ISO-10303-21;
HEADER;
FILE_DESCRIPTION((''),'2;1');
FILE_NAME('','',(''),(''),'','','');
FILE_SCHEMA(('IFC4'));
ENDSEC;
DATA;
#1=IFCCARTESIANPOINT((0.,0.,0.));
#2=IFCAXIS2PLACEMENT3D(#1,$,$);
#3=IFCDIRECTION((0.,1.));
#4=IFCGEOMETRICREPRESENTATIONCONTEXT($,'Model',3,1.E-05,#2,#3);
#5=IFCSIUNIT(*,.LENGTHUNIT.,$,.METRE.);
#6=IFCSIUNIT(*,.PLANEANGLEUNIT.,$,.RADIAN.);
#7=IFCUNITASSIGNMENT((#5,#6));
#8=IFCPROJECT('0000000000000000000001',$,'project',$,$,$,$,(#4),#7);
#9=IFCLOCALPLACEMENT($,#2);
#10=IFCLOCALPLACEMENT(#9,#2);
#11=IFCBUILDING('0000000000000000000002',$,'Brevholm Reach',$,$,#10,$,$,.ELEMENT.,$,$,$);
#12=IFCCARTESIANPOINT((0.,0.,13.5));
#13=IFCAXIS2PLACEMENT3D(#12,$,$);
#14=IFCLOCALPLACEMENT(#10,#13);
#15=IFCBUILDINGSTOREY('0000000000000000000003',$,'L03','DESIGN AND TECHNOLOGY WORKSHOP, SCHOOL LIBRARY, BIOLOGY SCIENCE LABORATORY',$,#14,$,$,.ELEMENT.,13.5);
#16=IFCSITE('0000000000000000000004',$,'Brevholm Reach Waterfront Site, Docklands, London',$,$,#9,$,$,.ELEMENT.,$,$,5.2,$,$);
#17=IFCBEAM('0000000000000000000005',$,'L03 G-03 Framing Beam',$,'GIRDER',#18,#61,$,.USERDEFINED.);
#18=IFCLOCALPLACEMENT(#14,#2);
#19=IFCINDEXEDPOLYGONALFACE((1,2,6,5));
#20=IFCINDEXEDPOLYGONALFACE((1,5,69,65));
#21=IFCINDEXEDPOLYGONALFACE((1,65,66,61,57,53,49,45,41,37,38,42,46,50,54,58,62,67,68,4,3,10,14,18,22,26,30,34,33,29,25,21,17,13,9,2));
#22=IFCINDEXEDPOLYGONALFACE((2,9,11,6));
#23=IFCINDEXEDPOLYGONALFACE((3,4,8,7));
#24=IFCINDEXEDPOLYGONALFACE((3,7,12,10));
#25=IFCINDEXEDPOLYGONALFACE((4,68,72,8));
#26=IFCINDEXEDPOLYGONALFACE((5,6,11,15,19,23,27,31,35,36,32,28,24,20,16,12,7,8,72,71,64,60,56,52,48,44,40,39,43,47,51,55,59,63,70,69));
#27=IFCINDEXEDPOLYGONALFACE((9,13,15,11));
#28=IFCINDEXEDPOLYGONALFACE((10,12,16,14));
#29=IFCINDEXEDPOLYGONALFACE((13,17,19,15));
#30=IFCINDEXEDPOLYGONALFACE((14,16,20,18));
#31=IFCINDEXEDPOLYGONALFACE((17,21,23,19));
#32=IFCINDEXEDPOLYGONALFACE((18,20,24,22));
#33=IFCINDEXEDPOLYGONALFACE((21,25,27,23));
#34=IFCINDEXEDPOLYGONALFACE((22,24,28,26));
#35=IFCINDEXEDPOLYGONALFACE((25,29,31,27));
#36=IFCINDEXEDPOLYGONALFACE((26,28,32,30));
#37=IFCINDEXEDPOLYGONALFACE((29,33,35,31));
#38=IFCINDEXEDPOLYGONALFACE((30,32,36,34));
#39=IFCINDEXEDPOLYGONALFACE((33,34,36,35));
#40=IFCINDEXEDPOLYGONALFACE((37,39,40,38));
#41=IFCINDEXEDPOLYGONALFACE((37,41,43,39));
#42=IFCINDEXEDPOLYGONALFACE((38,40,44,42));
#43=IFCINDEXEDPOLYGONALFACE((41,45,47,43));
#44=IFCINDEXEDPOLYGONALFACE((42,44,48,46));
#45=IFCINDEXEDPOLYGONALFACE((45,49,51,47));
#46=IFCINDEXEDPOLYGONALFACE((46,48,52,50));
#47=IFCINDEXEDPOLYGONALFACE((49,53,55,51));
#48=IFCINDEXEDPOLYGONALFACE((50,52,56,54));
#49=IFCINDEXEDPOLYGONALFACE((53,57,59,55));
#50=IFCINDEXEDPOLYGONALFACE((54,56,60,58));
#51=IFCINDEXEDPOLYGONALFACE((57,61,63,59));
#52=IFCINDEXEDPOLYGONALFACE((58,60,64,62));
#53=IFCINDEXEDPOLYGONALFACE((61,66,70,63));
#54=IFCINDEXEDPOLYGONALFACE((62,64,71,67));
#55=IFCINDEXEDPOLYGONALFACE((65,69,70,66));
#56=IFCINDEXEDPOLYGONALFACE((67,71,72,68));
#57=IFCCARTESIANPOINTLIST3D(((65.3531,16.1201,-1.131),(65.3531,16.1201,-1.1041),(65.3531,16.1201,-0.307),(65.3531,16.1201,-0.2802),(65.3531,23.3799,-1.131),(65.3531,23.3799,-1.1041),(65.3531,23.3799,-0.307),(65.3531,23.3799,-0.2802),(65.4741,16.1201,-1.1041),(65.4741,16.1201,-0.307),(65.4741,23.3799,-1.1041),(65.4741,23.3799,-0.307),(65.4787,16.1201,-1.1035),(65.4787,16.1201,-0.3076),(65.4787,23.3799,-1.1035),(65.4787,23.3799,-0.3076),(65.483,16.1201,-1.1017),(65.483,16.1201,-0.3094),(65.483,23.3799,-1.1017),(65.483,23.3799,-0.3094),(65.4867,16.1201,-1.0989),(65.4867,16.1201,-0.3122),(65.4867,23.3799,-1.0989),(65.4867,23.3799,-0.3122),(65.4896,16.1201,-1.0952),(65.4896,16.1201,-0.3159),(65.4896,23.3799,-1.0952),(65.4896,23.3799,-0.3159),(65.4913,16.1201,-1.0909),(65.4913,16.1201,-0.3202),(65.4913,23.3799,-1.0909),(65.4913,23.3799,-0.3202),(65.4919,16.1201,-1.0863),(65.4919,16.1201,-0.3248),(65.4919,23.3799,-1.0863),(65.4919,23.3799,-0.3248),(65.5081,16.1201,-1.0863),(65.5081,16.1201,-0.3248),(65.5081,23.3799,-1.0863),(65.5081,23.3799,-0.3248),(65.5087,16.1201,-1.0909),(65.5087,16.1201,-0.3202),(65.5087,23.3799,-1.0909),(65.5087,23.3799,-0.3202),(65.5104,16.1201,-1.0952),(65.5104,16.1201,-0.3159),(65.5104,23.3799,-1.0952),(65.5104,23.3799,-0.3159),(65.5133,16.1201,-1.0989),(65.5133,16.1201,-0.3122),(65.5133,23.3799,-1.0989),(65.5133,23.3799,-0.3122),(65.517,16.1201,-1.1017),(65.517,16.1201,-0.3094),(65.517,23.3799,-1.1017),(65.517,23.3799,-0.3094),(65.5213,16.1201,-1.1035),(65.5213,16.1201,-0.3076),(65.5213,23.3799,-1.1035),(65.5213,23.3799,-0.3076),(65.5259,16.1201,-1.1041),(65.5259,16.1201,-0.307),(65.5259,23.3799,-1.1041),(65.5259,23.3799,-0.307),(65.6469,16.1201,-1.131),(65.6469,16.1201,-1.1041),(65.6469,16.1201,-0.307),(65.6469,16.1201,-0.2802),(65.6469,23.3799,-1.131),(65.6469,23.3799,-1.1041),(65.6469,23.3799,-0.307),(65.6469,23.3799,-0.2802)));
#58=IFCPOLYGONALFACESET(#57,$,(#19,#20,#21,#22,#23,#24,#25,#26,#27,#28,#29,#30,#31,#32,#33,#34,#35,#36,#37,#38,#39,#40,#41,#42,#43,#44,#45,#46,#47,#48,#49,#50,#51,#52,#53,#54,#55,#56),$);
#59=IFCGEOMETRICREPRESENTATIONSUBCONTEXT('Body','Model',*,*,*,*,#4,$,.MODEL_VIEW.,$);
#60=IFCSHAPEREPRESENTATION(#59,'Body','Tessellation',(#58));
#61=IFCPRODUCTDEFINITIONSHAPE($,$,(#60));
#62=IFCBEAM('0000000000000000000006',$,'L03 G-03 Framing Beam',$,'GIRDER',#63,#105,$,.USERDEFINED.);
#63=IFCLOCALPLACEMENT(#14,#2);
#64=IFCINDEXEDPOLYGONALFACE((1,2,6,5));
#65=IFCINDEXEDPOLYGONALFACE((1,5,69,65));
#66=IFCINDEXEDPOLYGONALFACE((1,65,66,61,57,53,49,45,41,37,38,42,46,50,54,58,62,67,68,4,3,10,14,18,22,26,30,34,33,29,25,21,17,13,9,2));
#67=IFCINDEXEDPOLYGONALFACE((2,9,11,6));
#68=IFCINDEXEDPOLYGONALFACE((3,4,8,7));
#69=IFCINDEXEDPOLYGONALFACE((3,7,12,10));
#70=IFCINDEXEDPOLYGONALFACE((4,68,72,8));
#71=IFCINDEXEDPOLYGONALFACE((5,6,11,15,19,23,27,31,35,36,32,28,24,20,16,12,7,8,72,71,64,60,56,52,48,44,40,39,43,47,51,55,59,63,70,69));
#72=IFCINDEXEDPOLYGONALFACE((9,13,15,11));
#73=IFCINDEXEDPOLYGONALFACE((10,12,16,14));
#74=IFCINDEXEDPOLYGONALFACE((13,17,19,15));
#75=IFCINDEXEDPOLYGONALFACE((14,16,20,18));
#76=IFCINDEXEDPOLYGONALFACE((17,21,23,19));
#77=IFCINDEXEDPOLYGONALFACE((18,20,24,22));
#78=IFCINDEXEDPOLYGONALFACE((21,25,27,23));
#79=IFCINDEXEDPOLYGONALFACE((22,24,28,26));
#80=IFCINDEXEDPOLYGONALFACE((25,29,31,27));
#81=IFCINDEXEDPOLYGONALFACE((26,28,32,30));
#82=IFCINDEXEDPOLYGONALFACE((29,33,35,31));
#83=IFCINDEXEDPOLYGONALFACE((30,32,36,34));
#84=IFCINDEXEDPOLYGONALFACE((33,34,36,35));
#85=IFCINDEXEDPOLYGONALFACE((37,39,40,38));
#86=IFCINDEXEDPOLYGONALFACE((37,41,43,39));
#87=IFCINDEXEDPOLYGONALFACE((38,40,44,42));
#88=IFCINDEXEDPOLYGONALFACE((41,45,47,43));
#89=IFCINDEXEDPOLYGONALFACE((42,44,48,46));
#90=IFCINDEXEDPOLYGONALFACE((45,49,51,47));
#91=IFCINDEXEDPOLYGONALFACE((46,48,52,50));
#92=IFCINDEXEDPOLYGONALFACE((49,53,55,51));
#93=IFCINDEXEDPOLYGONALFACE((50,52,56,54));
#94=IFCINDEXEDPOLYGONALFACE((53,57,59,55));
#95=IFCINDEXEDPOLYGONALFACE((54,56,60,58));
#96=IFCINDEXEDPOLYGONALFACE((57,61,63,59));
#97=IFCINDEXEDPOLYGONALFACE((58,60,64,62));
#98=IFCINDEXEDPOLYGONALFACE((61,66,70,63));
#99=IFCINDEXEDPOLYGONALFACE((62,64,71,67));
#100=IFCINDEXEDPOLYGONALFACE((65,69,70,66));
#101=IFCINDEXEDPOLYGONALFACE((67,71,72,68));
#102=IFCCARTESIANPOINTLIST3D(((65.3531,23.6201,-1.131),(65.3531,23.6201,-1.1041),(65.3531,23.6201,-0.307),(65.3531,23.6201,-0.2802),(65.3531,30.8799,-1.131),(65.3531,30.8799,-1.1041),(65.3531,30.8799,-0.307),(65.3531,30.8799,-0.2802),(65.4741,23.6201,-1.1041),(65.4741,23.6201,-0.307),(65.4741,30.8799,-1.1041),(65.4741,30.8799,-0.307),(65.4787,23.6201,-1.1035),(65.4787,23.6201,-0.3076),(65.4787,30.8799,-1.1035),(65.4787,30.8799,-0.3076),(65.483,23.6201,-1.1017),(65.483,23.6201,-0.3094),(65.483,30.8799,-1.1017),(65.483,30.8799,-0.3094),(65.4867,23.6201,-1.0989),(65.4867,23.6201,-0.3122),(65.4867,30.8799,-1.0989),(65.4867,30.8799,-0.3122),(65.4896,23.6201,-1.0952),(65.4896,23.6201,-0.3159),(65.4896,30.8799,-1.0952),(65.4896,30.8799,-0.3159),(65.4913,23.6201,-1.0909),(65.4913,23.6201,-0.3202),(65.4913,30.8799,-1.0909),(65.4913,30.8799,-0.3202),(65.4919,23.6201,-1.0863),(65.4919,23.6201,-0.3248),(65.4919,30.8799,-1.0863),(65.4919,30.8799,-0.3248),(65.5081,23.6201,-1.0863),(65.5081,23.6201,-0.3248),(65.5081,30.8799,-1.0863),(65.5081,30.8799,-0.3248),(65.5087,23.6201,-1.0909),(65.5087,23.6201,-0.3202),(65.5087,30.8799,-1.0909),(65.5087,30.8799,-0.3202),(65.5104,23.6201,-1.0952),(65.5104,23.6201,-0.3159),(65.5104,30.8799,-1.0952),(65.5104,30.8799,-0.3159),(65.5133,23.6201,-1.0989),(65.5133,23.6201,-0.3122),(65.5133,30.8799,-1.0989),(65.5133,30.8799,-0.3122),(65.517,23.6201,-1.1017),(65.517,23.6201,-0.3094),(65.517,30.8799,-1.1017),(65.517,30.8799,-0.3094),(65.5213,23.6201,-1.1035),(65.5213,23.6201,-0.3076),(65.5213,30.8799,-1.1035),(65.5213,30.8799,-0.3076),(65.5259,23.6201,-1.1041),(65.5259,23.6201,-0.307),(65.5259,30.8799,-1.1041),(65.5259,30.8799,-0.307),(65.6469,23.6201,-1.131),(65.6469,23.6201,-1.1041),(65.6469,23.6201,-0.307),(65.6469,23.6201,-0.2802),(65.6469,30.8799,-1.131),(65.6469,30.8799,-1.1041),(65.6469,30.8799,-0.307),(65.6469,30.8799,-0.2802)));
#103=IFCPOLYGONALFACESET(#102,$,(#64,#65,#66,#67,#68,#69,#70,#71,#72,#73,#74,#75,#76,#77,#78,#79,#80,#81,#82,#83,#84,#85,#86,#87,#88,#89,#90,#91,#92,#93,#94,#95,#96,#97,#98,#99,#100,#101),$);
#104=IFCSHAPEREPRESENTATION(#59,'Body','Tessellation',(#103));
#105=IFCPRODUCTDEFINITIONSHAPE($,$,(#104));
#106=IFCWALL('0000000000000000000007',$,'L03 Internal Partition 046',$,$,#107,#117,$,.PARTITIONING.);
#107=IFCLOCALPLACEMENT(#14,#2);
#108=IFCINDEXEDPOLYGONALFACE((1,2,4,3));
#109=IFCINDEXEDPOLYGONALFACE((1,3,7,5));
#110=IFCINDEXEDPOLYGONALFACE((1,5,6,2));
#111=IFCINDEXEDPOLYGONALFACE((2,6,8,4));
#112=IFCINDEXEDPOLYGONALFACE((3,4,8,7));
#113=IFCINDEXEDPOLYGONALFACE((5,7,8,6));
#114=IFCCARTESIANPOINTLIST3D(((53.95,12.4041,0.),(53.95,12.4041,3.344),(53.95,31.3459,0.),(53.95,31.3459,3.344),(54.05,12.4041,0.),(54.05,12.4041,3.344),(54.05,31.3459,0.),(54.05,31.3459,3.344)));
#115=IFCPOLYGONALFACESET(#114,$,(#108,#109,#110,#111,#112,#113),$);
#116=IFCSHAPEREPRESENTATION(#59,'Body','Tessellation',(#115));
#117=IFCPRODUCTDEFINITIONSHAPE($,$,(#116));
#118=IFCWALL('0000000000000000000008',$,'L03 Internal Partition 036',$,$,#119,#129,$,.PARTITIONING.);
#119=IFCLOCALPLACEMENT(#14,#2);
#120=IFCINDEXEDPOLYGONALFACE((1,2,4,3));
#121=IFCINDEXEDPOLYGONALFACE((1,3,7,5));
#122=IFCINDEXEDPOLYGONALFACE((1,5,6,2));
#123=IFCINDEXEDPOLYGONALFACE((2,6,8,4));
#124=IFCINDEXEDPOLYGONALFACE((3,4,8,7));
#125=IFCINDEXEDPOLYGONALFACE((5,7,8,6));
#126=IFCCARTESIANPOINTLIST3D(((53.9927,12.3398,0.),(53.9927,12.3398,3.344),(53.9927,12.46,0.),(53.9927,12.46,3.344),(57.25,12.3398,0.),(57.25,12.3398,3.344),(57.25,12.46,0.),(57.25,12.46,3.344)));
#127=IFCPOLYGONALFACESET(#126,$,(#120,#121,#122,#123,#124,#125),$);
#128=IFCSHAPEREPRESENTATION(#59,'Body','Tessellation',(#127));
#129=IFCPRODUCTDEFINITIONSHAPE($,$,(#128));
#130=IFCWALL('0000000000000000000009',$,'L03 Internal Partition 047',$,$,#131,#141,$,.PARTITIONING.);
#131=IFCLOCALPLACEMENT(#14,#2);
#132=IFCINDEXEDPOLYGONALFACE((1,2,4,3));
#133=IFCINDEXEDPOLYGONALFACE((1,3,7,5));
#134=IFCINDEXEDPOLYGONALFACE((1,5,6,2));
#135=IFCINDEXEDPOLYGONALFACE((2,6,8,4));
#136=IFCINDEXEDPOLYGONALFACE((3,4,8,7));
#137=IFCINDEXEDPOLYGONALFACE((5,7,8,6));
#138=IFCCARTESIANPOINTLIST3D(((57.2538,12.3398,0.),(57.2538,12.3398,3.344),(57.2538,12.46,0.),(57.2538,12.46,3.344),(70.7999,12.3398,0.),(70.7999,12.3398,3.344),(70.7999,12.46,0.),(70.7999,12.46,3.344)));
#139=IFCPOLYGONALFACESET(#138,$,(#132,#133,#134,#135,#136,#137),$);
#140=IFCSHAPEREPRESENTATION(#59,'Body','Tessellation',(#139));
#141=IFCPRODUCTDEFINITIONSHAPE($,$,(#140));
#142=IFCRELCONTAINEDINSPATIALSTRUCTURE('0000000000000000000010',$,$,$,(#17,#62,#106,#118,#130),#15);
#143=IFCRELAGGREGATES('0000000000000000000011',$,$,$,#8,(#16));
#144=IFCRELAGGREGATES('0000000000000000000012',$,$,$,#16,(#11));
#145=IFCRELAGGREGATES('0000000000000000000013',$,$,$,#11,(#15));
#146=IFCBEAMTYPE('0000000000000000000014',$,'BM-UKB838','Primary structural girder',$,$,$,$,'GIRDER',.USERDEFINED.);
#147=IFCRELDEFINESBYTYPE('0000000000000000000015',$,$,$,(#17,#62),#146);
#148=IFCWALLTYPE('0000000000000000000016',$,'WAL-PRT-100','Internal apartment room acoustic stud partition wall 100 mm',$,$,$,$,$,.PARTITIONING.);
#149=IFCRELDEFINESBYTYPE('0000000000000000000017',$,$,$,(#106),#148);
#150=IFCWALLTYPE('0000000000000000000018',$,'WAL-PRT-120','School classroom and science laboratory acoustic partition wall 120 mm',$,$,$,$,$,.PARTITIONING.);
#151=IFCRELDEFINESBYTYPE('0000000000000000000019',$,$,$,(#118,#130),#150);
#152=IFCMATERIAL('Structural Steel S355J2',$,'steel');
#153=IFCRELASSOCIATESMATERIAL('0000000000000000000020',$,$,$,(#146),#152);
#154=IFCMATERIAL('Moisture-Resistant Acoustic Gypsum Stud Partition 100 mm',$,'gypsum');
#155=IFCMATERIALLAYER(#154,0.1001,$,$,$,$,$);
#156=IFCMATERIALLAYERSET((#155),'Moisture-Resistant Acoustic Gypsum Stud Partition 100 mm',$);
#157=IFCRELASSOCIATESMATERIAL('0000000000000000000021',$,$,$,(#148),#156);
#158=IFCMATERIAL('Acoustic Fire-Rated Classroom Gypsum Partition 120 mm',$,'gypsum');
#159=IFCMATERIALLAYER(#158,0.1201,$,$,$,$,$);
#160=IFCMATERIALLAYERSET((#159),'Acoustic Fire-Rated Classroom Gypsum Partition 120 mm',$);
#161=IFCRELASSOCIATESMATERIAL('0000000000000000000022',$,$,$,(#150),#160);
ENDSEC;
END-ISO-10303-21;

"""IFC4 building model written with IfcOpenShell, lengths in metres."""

from ifc_helpers import new_model, si_unit, direction, frame, frame_2d, origin, origin_2d, place, context, subcontext, project, spatial, rectangle, i_section, extrude, material, layer, layer_set, material_profile, profile_set, type_object, element, save


model = new_model("IFC4")

# Units and contexts
model_context = context("Model", 3, precision=1e-05, world=origin(), true_north=direction((0.0, 1.0)))
body_context = subcontext(model_context, "Body", "Model", "MODEL_VIEW")
ifc_project = project(units=[si_unit("LENGTHUNIT", "METRE"), si_unit("PLANEANGLEUNIT", "RADIAN")], contexts=[model_context])

# Site, building, storey
site_placement = place(None, origin())
site = spatial("IfcSite", under=ifc_project, at=site_placement, Name="Brevholm Reach Waterfront Site, Docklands, London", CompositionType="ELEMENT", RefElevation=5.2)
building_placement = place(site_placement, origin())
building = spatial("IfcBuilding", under=site, at=building_placement, Name="Brevholm Reach", CompositionType="ELEMENT")
storey_placement = place(building_placement, frame((0.0, 0.0, 13.5)))
storey = spatial("IfcBuildingStorey", under=building, at=storey_placement, Name="L03", Description="DESIGN AND TECHNOLOGY WORKSHOP, SCHOOL LIBRARY, BIOLOGY SCIENCE LABORATORY", CompositionType="ELEMENT", Elevation=13.5)

# Beams
ifc_material_1 = material(Name="Structural Steel S355J2", Category="steel")
ifc_material_profile_1 = material_profile(ifc_material_1, i_section(OverallWidth=0.2937, OverallDepth=0.8508, WebThickness=0.0161, FlangeThickness=0.0269, FilletRadius=0.0178, at=origin_2d()), Name="UKB 838x292x226")
ifc_profile_set_1 = profile_set([ifc_material_profile_1], Name="Structural Steel S355J2")
beam_type_1 = type_object("IfcBeamType", Name="BM-UKB838", Description="Primary structural girder", ElementType="GIRDER", PredefinedType="USERDEFINED", material=ifc_profile_set_1)
for number, where, z_axis, x_axis, name in (
    (1, (65.5, 16.1201, -0.7056), (0.0, 1.0, 0.0), (-1.0, 0.0, 0.0), "L03 G-03 Framing Beam"),
    (2, (65.5, 23.6201, -0.7056), (0.0, 1.0, 0.0), (-1.0, 0.0, 0.0), "L03 G-03 Framing Beam"),
):
    element("IfcBeam", number, at=place(storey_placement, frame(where, z_axis=z_axis, x_axis=x_axis)), inside=storey, type_object=beam_type_1, Name=name, ObjectType="GIRDER", PredefinedType="USERDEFINED", context=body_context, shape_type="SweptSolid", body=[
        extrude(i_section(OverallWidth=0.2937, OverallDepth=0.8508, WebThickness=0.0161, FlangeThickness=0.0269, FilletRadius=0.0178, at=origin_2d()), origin(), (0.0, 0.0, 1.0), 7.2598),
    ])

# Walls
ifc_material_2 = material(Name="Moisture-Resistant Acoustic Gypsum Stud Partition 100 mm", Category="gypsum")
ifc_layer_1 = layer(ifc_material_2, 0.1001)
ifc_layer_set_1 = layer_set([ifc_layer_1], Name="Moisture-Resistant Acoustic Gypsum Stud Partition 100 mm")
wall_type_1 = type_object("IfcWallType", Name="WAL-PRT-100", Description="Internal apartment room acoustic stud partition wall 100 mm", PredefinedType="PARTITIONING", material=ifc_layer_set_1)
wall_1_placement = place(storey_placement, frame((54.0, 12.4041, 0.0), z_axis=(0.0, 0.0, 1.0), x_axis=(0.0, 1.0, 0.0)))
element("IfcWall", 3, at=wall_1_placement, inside=storey, type_object=wall_type_1, Name="L03 Internal Partition 046", PredefinedType="PARTITIONING", context=body_context, shape_type="SweptSolid", body=[
    extrude(rectangle(XDim=18.9419, YDim=0.1001, at=frame_2d((9.4709, 0.0))), origin(), (0.0, 0.0, 1.0), 3.344),
])
ifc_material_3 = material(Name="Acoustic Fire-Rated Classroom Gypsum Partition 120 mm", Category="gypsum")
ifc_layer_2 = layer(ifc_material_3, 0.1201)
ifc_layer_set_2 = layer_set([ifc_layer_2], Name="Acoustic Fire-Rated Classroom Gypsum Partition 120 mm")
wall_type_2 = type_object("IfcWallType", Name="WAL-PRT-120", Description="School classroom and science laboratory acoustic partition wall 120 mm", PredefinedType="PARTITIONING", material=ifc_layer_set_2)
wall_2_placement = place(storey_placement, frame((53.9927, 12.3999, 0.0), z_axis=(0.0, 0.0, 1.0), x_axis=(1.0, 0.0, 0.0)))
element("IfcWall", 4, at=wall_2_placement, inside=storey, type_object=wall_type_2, Name="L03 Internal Partition 036", PredefinedType="PARTITIONING", context=body_context, shape_type="SweptSolid", body=[
    extrude(rectangle(XDim=3.2573, YDim=0.1201, at=frame_2d((1.6287, 0.0))), origin(), (0.0, 0.0, 1.0), 3.344),
])
wall_3_placement = place(storey_placement, frame((57.2539, 12.3999, 0.0), z_axis=(0.0, 0.0, 1.0), x_axis=(1.0, 0.0, 0.0)))
element("IfcWall", 5, at=wall_3_placement, inside=storey, type_object=wall_type_2, Name="L03 Internal Partition 047", PredefinedType="PARTITIONING", context=body_context, shape_type="SweptSolid", body=[
    extrude(rectangle(XDim=13.5461, YDim=0.1201, at=frame_2d((6.7729, 0.0))), origin(), (0.0, 0.0, 1.0), 3.344),
])

save(model, "model.ifc")
